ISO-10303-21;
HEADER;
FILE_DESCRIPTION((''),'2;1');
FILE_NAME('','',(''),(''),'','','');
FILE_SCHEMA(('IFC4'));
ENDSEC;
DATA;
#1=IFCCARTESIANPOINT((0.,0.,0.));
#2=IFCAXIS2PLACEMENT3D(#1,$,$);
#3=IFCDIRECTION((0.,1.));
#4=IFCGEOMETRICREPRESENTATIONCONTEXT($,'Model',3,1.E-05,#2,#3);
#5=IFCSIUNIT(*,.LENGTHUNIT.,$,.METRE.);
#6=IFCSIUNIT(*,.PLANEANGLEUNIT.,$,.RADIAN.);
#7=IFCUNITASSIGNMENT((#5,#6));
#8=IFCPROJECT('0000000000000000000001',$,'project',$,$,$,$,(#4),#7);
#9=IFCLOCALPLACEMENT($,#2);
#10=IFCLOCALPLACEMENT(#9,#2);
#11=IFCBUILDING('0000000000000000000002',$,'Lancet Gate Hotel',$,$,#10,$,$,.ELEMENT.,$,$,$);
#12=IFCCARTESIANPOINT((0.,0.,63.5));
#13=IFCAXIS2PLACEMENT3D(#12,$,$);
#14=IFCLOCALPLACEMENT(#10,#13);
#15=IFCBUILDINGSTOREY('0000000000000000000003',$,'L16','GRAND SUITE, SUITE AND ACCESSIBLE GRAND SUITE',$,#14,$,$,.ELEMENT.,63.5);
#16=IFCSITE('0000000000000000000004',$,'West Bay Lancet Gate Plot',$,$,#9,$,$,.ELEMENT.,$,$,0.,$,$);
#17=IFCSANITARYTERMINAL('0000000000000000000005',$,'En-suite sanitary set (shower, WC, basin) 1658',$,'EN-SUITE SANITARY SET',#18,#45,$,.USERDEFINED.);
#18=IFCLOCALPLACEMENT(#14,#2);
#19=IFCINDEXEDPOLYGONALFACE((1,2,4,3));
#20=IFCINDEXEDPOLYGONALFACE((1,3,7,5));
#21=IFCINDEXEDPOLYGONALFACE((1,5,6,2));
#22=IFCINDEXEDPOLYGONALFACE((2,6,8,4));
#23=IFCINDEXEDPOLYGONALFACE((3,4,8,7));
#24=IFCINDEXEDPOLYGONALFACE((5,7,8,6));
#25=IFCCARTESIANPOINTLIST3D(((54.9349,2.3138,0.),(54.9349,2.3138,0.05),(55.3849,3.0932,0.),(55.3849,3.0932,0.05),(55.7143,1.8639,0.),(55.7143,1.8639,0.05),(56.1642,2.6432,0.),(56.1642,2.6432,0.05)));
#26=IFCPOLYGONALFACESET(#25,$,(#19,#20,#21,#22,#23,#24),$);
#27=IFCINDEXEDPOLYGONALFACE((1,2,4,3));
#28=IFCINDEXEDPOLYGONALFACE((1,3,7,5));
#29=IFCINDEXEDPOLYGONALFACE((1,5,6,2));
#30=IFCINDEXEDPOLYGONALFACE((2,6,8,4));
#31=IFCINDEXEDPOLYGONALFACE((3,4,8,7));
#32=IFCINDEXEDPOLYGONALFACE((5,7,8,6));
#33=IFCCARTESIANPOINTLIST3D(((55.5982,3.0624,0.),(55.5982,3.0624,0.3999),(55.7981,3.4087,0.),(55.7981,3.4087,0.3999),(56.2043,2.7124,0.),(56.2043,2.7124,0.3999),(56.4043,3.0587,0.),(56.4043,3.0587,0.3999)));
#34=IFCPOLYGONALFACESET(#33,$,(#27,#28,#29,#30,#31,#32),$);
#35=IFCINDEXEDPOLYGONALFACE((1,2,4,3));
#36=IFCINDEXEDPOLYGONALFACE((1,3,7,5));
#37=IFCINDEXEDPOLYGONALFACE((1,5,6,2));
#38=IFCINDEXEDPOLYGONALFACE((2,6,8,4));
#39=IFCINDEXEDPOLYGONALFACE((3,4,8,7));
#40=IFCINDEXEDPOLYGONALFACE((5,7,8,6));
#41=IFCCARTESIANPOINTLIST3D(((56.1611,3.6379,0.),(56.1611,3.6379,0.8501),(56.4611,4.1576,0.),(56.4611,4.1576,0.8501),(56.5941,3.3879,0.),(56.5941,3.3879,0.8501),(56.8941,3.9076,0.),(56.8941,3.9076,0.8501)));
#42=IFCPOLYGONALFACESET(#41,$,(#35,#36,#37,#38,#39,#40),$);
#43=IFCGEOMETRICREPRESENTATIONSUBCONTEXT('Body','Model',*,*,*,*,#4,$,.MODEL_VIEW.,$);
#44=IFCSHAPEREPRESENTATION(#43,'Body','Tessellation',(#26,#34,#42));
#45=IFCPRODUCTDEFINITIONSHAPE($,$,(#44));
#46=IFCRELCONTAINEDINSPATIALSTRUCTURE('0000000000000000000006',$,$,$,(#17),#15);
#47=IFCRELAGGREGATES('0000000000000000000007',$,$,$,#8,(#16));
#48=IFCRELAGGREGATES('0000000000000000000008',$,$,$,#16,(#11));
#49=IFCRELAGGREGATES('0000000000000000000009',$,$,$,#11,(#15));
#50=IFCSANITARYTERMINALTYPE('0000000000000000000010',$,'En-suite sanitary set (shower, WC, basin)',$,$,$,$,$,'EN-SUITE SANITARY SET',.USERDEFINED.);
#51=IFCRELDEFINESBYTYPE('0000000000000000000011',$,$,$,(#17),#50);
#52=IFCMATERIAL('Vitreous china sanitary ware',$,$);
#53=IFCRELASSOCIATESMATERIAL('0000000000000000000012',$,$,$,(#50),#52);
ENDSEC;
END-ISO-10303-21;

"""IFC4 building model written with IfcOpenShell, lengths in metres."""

from ifc_helpers import new_model, si_unit, direction, frame, origin, origin_2d, place, context, subcontext, project, spatial, rectangle, extrude, material, type_object, element, save


model = new_model("IFC4")

# Units and contexts
model_context = context("Model", 3, precision=1e-05, world=origin(), true_north=direction((0.0, 1.0)))
body_context = subcontext(model_context, "Body", "Model", "MODEL_VIEW")
ifc_project = project(units=[si_unit("LENGTHUNIT", "METRE"), si_unit("PLANEANGLEUNIT", "RADIAN")], contexts=[model_context])

# Site, building, storey
site_placement = place(None, origin())
site = spatial("IfcSite", under=ifc_project, at=site_placement, Name="West Bay Lancet Gate Plot", CompositionType="ELEMENT", RefElevation=0.0)
building_placement = place(site_placement, origin())
building = spatial("IfcBuilding", under=site, at=building_placement, Name="Lancet Gate Hotel", CompositionType="ELEMENT")
storey_placement = place(building_placement, frame((0.0, 0.0, 63.5)))
storey = spatial("IfcBuildingStorey", under=building, at=storey_placement, Name="L16", Description="GRAND SUITE, SUITE AND ACCESSIBLE GRAND SUITE", CompositionType="ELEMENT", Elevation=63.5)

# Sanitary terminal
ifc_material_1 = material(Name="Vitreous china sanitary ware")
sanitary_terminal_type = type_object("IfcSanitaryTerminalType", Name="En-suite sanitary set (shower, WC, basin)", ElementType="EN-SUITE SANITARY SET", PredefinedType="USERDEFINED", material=ifc_material_1)
sanitary_terminal_placement = place(storey_placement, frame((55.5496, 2.4785, 0.0), z_axis=(0.0, 0.0, 1.0), x_axis=(1.0, 0.0, 0.0)))
element("IfcSanitaryTerminal", 1, at=sanitary_terminal_placement, inside=storey, type_object=sanitary_terminal_type, Name="En-suite sanitary set (shower, WC, basin) 1658", ObjectType="EN-SUITE SANITARY SET", PredefinedType="USERDEFINED", context=body_context, shape_type="SweptSolid", body=[
    extrude(rectangle(XDim=0.8999, YDim=0.8999, at=origin_2d()), frame((0.0, 0.0, 0.0), z_axis=(0.0, 0.0, 1.0), x_axis=(-0.5, -0.866025, 0.0)), (0.0, 0.0, 1.0), 0.05),
    extrude(rectangle(XDim=0.3999, YDim=0.7, at=origin_2d()), frame((0.4517, 0.582, 0.0), z_axis=(0.0, 0.0, 1.0), x_axis=(-0.5, -0.866025, 0.0)), (0.0, 0.0, 1.0), 0.3999),
    extrude(rectangle(XDim=0.6001, YDim=0.5, at=origin_2d()), frame((0.978, 1.2942, 0.0), z_axis=(0.0, 0.0, 1.0), x_axis=(-0.5, -0.866025, 0.0)), (0.0, 0.0, 1.0), 0.8501),
])

save(model, "model.ifc")
